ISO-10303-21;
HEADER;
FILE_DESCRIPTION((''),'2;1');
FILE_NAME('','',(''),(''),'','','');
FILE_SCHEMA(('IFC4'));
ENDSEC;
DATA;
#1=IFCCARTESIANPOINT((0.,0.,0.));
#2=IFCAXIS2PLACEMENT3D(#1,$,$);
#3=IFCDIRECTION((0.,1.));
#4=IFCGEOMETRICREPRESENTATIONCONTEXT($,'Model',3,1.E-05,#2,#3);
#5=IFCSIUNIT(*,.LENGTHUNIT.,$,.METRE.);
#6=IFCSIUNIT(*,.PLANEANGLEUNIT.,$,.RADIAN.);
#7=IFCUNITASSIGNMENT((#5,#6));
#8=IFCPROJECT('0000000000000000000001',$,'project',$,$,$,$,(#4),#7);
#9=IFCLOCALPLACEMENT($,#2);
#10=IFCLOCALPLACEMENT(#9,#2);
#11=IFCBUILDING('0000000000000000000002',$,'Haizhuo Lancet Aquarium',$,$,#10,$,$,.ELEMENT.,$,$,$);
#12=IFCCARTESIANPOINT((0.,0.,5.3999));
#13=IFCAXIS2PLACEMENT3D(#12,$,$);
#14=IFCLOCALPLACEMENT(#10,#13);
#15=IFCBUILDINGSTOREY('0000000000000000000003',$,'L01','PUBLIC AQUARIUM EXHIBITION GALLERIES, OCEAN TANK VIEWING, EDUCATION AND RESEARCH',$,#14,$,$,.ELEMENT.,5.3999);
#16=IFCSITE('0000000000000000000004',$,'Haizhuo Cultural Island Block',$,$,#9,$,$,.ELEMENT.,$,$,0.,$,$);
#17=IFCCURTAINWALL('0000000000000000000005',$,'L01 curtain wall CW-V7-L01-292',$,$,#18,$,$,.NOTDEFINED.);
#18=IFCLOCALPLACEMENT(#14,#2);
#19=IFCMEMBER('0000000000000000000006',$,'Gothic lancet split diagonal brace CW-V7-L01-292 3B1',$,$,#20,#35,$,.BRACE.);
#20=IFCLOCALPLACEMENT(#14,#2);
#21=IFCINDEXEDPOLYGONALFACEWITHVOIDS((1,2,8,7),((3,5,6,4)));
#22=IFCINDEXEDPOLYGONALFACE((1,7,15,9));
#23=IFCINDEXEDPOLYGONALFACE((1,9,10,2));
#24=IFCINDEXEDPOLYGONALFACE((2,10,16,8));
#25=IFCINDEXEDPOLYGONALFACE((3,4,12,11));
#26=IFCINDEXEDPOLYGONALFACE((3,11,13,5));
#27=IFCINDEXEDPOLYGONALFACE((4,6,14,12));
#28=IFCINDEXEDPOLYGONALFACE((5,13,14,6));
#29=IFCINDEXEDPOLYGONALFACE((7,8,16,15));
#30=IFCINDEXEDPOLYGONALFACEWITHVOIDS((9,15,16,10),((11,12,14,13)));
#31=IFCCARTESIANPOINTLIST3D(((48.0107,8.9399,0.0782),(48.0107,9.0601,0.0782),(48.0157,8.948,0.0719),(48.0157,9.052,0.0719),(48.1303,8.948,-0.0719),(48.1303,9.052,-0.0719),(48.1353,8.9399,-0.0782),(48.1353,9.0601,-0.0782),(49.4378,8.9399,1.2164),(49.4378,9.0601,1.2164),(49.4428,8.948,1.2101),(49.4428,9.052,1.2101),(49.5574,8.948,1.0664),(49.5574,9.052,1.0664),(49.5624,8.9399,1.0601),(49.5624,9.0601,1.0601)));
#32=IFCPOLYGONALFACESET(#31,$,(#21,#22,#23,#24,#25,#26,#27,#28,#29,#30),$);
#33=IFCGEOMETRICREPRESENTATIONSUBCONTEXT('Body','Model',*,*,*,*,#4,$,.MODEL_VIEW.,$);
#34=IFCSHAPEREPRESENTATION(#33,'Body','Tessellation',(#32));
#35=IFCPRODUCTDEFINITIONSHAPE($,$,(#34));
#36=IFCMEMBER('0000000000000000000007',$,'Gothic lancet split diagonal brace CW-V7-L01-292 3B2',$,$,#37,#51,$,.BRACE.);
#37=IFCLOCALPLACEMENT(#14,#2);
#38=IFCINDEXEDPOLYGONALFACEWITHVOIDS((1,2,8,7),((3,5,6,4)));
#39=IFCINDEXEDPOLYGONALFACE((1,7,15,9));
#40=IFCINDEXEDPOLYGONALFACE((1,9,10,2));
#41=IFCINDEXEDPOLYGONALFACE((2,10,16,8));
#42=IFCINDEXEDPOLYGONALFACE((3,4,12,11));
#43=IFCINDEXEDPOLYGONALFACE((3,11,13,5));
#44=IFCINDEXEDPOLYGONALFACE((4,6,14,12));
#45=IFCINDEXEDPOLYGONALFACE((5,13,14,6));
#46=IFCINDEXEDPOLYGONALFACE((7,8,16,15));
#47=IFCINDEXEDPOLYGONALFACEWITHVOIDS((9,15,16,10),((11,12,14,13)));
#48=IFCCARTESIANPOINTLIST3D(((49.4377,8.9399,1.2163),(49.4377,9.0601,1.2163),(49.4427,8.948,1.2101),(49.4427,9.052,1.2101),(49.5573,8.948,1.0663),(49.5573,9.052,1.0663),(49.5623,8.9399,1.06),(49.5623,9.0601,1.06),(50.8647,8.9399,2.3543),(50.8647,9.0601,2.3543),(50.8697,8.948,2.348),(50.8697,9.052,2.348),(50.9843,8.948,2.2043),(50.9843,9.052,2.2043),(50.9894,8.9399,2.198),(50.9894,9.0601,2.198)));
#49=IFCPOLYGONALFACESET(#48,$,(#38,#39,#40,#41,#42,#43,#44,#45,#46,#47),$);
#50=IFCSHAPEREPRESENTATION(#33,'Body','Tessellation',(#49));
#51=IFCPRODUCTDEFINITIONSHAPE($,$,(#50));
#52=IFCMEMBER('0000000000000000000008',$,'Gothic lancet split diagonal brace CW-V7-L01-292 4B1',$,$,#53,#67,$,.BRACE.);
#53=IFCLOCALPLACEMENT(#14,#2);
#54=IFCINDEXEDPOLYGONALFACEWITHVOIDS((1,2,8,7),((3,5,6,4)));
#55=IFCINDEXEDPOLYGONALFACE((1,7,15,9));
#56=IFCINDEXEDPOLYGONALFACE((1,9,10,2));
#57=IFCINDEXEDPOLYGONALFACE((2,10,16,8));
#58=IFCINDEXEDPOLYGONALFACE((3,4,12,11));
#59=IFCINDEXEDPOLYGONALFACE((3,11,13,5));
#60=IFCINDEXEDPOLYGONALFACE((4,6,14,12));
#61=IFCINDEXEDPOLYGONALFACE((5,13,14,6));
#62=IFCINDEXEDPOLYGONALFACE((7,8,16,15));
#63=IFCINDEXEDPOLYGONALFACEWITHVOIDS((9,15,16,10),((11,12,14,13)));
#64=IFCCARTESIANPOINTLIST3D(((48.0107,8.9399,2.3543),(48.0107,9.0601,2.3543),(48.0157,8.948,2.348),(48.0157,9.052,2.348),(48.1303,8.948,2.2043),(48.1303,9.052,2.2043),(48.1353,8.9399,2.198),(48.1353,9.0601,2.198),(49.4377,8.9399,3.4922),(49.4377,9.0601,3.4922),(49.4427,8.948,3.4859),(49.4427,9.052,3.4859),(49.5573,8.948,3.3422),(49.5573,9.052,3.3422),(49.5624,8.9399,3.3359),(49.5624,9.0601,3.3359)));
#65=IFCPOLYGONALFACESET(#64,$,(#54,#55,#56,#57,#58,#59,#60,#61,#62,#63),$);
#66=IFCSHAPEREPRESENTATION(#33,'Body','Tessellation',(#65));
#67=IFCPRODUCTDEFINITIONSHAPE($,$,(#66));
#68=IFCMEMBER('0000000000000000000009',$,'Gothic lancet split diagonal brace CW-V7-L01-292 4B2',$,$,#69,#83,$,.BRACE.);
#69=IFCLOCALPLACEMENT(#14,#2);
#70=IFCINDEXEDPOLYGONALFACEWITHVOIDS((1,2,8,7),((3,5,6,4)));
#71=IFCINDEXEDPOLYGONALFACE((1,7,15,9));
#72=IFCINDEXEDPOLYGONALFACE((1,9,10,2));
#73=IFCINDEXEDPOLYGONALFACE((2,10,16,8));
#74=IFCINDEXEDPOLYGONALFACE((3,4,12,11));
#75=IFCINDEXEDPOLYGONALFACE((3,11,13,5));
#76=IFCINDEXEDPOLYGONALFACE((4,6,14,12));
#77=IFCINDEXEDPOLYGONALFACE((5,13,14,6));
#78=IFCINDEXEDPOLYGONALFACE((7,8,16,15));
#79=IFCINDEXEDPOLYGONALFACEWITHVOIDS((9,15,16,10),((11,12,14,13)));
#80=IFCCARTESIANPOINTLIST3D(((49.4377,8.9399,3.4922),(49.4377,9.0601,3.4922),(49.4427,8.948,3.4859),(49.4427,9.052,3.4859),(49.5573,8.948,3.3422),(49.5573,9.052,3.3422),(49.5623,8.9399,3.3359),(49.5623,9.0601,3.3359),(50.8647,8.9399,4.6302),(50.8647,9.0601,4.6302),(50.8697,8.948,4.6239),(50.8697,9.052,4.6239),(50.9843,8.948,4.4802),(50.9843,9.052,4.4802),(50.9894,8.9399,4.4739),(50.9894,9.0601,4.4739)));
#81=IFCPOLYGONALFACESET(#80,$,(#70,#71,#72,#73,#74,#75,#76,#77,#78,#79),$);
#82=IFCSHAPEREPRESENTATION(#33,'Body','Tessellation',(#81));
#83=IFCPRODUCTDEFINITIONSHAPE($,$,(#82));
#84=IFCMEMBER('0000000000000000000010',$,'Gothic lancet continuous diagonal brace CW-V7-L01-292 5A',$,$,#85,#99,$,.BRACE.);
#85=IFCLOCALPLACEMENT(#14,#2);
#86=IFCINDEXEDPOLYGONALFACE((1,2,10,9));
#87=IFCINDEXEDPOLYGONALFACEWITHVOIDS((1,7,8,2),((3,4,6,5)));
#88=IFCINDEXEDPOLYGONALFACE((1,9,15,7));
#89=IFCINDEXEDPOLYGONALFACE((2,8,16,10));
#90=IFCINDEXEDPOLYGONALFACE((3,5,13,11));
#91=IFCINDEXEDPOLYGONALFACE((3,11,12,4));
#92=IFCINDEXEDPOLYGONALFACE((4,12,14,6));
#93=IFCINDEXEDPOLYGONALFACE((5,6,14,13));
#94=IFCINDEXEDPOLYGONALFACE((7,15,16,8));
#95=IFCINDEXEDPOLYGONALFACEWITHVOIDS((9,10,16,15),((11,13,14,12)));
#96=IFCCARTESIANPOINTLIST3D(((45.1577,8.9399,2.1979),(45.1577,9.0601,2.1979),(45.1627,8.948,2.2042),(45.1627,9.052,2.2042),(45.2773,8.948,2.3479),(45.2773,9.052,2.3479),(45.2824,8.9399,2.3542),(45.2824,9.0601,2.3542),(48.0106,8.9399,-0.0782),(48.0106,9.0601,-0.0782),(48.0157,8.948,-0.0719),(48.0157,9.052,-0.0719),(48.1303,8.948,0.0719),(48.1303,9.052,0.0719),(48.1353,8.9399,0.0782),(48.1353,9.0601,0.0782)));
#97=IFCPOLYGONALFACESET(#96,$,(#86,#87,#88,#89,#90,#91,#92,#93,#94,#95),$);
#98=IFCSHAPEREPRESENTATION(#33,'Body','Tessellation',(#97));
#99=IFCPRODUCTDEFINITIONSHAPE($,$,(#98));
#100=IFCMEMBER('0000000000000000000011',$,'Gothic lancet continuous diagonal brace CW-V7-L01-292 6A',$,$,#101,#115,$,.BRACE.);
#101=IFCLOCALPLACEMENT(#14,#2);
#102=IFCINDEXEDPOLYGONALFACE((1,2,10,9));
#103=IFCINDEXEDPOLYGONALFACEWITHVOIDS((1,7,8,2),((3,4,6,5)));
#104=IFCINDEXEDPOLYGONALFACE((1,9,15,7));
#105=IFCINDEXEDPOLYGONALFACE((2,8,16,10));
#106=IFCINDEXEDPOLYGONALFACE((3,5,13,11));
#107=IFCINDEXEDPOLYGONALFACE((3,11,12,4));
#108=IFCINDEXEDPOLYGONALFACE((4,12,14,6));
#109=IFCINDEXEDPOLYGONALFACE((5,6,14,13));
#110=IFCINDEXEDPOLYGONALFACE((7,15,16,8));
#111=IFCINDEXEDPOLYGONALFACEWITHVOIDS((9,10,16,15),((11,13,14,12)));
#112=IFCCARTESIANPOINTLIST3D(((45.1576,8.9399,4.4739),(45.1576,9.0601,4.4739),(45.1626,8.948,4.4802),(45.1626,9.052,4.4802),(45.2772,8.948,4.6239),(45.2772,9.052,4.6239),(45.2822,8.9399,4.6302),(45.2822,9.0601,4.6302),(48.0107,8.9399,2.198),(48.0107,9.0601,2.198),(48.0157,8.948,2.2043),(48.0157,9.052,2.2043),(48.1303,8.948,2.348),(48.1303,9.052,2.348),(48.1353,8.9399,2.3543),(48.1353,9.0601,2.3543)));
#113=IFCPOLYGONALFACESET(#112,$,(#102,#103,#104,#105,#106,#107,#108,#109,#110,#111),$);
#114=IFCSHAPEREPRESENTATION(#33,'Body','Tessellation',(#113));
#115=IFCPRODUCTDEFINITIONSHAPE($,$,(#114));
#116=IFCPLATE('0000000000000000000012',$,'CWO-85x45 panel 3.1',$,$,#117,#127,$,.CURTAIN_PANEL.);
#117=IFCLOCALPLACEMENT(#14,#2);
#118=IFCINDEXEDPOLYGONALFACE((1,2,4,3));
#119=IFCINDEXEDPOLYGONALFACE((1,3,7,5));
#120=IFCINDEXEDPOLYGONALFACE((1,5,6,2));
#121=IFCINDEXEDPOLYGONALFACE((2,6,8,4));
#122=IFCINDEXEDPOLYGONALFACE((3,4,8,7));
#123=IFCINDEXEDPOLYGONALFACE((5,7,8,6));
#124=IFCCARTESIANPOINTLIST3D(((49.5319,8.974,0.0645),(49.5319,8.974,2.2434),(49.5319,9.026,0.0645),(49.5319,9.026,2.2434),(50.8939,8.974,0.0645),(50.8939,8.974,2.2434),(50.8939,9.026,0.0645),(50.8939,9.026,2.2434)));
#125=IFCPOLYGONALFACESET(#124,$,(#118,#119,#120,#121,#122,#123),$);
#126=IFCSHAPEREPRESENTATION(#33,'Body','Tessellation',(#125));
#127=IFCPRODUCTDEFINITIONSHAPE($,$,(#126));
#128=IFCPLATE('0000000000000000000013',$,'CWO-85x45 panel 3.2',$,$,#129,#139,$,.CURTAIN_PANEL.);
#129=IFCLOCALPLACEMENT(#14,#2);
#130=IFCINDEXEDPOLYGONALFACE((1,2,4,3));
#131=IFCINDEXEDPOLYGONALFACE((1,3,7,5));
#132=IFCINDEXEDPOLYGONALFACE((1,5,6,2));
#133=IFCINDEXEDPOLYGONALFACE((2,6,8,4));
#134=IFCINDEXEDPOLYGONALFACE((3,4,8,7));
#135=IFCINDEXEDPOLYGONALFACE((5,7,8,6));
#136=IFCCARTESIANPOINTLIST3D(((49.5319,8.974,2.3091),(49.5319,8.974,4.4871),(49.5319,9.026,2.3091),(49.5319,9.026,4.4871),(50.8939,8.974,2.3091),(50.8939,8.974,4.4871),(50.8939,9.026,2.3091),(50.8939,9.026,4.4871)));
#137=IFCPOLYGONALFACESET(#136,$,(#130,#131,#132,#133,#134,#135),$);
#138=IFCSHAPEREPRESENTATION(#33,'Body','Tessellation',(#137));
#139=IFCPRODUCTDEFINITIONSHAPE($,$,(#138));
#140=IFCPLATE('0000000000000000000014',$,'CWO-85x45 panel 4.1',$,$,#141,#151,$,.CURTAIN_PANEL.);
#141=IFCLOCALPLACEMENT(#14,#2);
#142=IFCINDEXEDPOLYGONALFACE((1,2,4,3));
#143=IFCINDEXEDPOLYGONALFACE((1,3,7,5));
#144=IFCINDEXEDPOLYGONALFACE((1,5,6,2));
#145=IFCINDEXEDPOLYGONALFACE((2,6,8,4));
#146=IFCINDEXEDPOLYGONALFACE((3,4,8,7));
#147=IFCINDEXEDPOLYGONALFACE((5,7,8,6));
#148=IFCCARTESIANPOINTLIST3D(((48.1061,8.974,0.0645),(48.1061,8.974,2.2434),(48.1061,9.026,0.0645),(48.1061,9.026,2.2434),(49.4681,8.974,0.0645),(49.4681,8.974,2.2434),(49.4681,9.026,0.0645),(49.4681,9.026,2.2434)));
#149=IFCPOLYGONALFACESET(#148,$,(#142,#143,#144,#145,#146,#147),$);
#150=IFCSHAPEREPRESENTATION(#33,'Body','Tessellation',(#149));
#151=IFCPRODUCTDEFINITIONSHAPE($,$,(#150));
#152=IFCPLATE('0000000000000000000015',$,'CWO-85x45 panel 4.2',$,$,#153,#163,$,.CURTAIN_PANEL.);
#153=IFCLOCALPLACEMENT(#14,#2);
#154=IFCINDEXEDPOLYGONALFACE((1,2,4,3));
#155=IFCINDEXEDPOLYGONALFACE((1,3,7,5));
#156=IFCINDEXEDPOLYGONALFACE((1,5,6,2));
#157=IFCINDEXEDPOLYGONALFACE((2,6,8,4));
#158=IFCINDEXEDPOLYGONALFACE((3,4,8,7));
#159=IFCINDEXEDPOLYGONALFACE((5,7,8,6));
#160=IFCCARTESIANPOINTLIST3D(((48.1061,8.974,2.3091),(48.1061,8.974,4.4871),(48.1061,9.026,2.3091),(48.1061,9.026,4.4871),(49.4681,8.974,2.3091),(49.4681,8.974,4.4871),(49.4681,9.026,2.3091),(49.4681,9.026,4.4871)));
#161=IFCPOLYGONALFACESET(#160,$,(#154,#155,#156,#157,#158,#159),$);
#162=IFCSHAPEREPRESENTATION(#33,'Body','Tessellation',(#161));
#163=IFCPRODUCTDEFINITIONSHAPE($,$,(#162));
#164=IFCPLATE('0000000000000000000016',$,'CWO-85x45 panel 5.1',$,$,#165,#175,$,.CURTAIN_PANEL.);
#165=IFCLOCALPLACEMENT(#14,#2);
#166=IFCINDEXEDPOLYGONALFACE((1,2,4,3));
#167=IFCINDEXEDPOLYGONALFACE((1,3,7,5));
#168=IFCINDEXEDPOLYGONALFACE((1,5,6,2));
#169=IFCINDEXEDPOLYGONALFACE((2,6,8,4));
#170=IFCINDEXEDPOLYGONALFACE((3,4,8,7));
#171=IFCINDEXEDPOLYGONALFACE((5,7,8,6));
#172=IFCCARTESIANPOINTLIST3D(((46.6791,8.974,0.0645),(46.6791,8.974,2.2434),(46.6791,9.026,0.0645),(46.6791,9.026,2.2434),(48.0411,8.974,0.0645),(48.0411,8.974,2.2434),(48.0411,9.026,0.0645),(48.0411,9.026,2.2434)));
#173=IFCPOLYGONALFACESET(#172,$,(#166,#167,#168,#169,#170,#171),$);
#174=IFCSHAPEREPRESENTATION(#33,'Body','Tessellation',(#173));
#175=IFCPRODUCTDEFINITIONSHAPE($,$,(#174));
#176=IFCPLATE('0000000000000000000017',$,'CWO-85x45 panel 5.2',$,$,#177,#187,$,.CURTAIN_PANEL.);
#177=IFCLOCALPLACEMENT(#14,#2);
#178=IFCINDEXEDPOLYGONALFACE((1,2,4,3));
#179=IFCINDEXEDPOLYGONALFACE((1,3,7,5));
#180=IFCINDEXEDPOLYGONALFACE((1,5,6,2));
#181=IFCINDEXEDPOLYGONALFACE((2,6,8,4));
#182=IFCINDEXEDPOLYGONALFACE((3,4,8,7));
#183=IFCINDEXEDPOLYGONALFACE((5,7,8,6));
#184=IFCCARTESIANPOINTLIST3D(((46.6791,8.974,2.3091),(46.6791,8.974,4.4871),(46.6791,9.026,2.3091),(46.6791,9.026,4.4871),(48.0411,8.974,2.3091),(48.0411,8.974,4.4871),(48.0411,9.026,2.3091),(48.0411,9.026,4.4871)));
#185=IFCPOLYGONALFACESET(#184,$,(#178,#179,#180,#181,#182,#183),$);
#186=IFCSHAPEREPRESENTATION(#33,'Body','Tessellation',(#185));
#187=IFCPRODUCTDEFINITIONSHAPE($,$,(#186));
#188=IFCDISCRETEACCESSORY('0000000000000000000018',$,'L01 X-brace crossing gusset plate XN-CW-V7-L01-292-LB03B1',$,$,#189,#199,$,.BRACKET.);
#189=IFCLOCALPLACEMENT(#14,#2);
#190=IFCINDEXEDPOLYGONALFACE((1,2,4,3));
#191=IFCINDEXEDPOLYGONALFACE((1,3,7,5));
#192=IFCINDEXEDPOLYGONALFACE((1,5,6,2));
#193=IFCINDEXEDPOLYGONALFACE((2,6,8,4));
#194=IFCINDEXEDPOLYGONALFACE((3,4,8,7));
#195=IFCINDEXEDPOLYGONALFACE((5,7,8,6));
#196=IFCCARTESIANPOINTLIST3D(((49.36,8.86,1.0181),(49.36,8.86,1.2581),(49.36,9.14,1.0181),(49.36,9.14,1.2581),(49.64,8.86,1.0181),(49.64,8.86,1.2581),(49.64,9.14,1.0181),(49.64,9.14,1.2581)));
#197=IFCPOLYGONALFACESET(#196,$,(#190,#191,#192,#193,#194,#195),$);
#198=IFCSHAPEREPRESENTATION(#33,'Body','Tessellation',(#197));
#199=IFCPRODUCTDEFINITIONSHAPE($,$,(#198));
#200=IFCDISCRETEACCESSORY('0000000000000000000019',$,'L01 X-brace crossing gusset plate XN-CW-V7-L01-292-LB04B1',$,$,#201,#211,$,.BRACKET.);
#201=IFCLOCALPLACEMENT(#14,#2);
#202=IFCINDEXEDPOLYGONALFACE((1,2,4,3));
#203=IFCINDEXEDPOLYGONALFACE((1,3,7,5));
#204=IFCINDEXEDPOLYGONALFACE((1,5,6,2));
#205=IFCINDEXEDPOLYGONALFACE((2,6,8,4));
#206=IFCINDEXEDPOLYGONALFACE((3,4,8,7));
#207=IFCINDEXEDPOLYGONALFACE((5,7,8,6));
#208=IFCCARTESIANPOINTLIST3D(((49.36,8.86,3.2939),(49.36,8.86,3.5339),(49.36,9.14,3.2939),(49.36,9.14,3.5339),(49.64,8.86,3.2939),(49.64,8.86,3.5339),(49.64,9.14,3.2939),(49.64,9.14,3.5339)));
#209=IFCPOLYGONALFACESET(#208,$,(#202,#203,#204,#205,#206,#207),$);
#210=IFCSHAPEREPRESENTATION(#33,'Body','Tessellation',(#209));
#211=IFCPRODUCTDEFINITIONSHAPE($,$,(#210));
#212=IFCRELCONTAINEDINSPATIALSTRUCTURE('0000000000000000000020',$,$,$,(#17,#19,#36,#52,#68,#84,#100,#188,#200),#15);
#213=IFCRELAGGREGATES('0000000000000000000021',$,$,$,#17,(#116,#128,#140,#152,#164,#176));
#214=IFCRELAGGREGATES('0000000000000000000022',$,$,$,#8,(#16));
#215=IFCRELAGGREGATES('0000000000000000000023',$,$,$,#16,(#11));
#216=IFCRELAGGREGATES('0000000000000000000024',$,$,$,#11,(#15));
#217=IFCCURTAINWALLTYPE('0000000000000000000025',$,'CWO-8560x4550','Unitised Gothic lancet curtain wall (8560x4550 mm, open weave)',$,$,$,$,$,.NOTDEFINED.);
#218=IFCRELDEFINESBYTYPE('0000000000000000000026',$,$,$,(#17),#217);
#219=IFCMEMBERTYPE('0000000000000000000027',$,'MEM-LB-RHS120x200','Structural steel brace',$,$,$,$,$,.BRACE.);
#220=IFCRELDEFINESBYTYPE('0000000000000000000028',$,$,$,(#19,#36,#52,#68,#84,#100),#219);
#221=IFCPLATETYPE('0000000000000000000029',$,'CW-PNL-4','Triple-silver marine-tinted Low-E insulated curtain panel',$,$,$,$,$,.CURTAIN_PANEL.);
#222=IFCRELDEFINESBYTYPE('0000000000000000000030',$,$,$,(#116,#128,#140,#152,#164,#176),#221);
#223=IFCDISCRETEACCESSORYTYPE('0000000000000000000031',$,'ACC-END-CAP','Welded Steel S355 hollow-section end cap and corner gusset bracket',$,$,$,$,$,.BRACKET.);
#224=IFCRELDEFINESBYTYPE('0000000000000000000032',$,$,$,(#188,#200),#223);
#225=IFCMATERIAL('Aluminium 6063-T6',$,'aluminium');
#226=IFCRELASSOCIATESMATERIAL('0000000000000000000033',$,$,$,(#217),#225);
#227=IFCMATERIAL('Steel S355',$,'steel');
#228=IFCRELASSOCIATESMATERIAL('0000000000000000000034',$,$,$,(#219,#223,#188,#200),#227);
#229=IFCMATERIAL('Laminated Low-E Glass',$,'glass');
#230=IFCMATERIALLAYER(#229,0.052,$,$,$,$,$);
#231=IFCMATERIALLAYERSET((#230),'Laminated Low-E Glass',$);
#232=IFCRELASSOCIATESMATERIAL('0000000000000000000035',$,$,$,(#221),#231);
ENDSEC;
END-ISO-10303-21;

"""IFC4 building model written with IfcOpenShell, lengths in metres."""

from ifc_helpers import new_model, si_unit, direction, frame, origin, origin_2d, place, context, subcontext, project, spatial, rectangle, hollow_rectangle, extrude, material, layer, layer_set, material_profile, profile_set, type_object, element, aggregate, save


model = new_model("IFC4")

# Units and contexts
model_context = context("Model", 3, precision=1e-05, world=origin(), true_north=direction((0.0, 1.0)))
body_context = subcontext(model_context, "Body", "Model", "MODEL_VIEW")
ifc_project = project(units=[si_unit("LENGTHUNIT", "METRE"), si_unit("PLANEANGLEUNIT", "RADIAN")], contexts=[model_context])

# Site, building, storey
site_placement = place(None, origin())
site = spatial("IfcSite", under=ifc_project, at=site_placement, Name="Haizhuo Cultural Island Block", CompositionType="ELEMENT", RefElevation=0.0)
building_placement = place(site_placement, origin())
building = spatial("IfcBuilding", under=site, at=building_placement, Name="Haizhuo Lancet Aquarium", CompositionType="ELEMENT")
storey_placement = place(building_placement, frame((0.0, 0.0, 5.3999)))
storey = spatial("IfcBuildingStorey", under=building, at=storey_placement, Name="L01", Description="PUBLIC AQUARIUM EXHIBITION GALLERIES, OCEAN TANK VIEWING, EDUCATION AND RESEARCH", CompositionType="ELEMENT", Elevation=5.3999)

# Curtain wall
ifc_material_1 = material(Name="Aluminium 6063-T6", Category="aluminium")
curtain_wall_type = type_object("IfcCurtainWallType", Name="CWO-8560x4550", Description="Unitised Gothic lancet curtain wall (8560x4550 mm, open weave)", PredefinedType="NOTDEFINED", material=ifc_material_1)
curtain_wall_placement = place(storey_placement, origin())
curtain_wall = element("IfcCurtainWall", 1, at=curtain_wall_placement, inside=storey, type_object=curtain_wall_type, Name="L01 curtain wall CW-V7-L01-292", PredefinedType="NOTDEFINED")

# Members
ifc_material_2 = material(Name="Steel S355", Category="steel")
ifc_material_profile_1 = material_profile(ifc_material_2, hollow_rectangle(XDim=0.1201, YDim=0.2, WallThickness=0.0081, at=origin_2d()), Name="RHS 120x200x8")
ifc_profile_set_1 = profile_set([ifc_material_profile_1], Name="Steel S355")
member_type_1 = type_object("IfcMemberType", Name="MEM-LB-RHS120x200", Description="Structural steel brace", PredefinedType="BRACE", material=ifc_profile_set_1)
member_1_placement = place(storey_placement, frame((48.073, 9.0, 0.0), z_axis=(0.781781, 0.0, 0.623553), x_axis=(0.0, 1.0, 0.0)))
element("IfcMember", 2, at=member_1_placement, inside=storey, type_object=member_type_1, Name="Gothic lancet split diagonal brace CW-V7-L01-292 3B1", PredefinedType="BRACE", context=body_context, shape_type="SweptSolid", body=[
    extrude(hollow_rectangle(XDim=0.1201, YDim=0.2, WallThickness=0.0081, at=origin_2d()), origin(), (0.0, 0.0, 1.0), 1.8254),
])
for number, where, z_axis, x_axis, name in (
    (3, (49.5, 9.0, 1.1382), (0.781847, 0.0, 0.623471), (0.0, 1.0, 0.0), "Gothic lancet split diagonal brace CW-V7-L01-292 3B2"),
    (4, (48.073, 9.0, 2.2761), (0.781847, 0.0, 0.623471), (0.0, 1.0, 0.0), "Gothic lancet split diagonal brace CW-V7-L01-292 4B1"),
    (5, (49.5, 9.0, 3.4141), (0.781847, 0.0, 0.623471), (0.0, 1.0, 0.0), "Gothic lancet split diagonal brace CW-V7-L01-292 4B2"),
):
    element("IfcMember", number, at=place(storey_placement, frame(where, z_axis=z_axis, x_axis=x_axis)), inside=storey, type_object=member_type_1, Name=name, PredefinedType="BRACE", context=body_context, shape_type="SweptSolid", body=[
        extrude(hollow_rectangle(XDim=0.1201, YDim=0.2, WallThickness=0.0081, at=origin_2d()), origin(), (0.0, 0.0, 1.0), 1.8252),
    ])
for number, where, z_axis, x_axis, name in (
    (6, (48.073, 9.0, 0.0), (-0.78171, 0.0, 0.623642), (0.0, -1.0, 0.0), "Gothic lancet continuous diagonal brace CW-V7-L01-292 5A"),
    (7, (48.073, 9.0, 2.2761), (-0.781743, 0.0, 0.623601), (0.0, -1.0, 0.0), "Gothic lancet continuous diagonal brace CW-V7-L01-292 6A"),
):
    element("IfcMember", number, at=place(storey_placement, frame(where, z_axis=z_axis, x_axis=x_axis)), inside=storey, type_object=member_type_1, Name=name, PredefinedType="BRACE", context=body_context, shape_type="SweptSolid", body=[
        extrude(hollow_rectangle(XDim=0.1201, YDim=0.2, WallThickness=0.0081, at=origin_2d()), origin(), (0.0, 0.0, 1.0), 3.6497),
    ])

# Plates
ifc_material_3 = material(Name="Laminated Low-E Glass", Category="glass")
ifc_layer = layer(ifc_material_3, 0.052)
ifc_layer_set = layer_set([ifc_layer], Name="Laminated Low-E Glass")
plate_type = type_object("IfcPlateType", Name="CW-PNL-4", Description="Triple-silver marine-tinted Low-E insulated curtain panel", PredefinedType="CURTAIN_PANEL", material=ifc_layer_set)
plate_1_placement = place(storey_placement, frame((50.2129, 9.0, 0.0645), z_axis=(0.0, 0.0, 1.0), x_axis=(-1.0, 0.0, 0.0)))
plate_1 = element("IfcPlate", 8, at=plate_1_placement, type_object=plate_type, Name="CWO-85x45 panel 3.1", PredefinedType="CURTAIN_PANEL", context=body_context, shape_type="SweptSolid", body=[
    extrude(rectangle(XDim=1.3621, YDim=0.052, at=origin_2d()), origin(), (0.0, 0.0, 1.0), 2.179),
])
plate_2_placement = place(storey_placement, frame((50.2129, 9.0, 2.3091), z_axis=(0.0, 0.0, 1.0), x_axis=(-1.0, 0.0, 0.0)))
plate_2 = element("IfcPlate", 9, at=plate_2_placement, type_object=plate_type, Name="CWO-85x45 panel 3.2", PredefinedType="CURTAIN_PANEL", context=body_context, shape_type="SweptSolid", body=[
    extrude(rectangle(XDim=1.3621, YDim=0.052, at=origin_2d()), origin(), (0.0, 0.0, 1.0), 2.178),
])
plate_3_placement = place(storey_placement, frame((48.7871, 9.0, 0.0645), z_axis=(0.0, 0.0, 1.0), x_axis=(-1.0, 0.0, 0.0)))
plate_3 = element("IfcPlate", 10, at=plate_3_placement, type_object=plate_type, Name="CWO-85x45 panel 4.1", PredefinedType="CURTAIN_PANEL", context=body_context, shape_type="SweptSolid", body=[
    extrude(rectangle(XDim=1.3621, YDim=0.052, at=origin_2d()), origin(), (0.0, 0.0, 1.0), 2.179),
])
plate_4_placement = place(storey_placement, frame((48.7871, 9.0, 2.3091), z_axis=(0.0, 0.0, 1.0), x_axis=(-1.0, 0.0, 0.0)))
plate_4 = element("IfcPlate", 11, at=plate_4_placement, type_object=plate_type, Name="CWO-85x45 panel 4.2", PredefinedType="CURTAIN_PANEL", context=body_context, shape_type="SweptSolid", body=[
    extrude(rectangle(XDim=1.3621, YDim=0.052, at=origin_2d()), origin(), (0.0, 0.0, 1.0), 2.178),
])
plate_5_placement = place(storey_placement, frame((47.3601, 9.0, 0.0645), z_axis=(0.0, 0.0, 1.0), x_axis=(-1.0, 0.0, 0.0)))
plate_5 = element("IfcPlate", 12, at=plate_5_placement, type_object=plate_type, Name="CWO-85x45 panel 5.1", PredefinedType="CURTAIN_PANEL", context=body_context, shape_type="SweptSolid", body=[
    extrude(rectangle(XDim=1.3621, YDim=0.052, at=origin_2d()), origin(), (0.0, 0.0, 1.0), 2.179),
])
plate_6_placement = place(storey_placement, frame((47.3601, 9.0, 2.3091), z_axis=(0.0, 0.0, 1.0), x_axis=(-1.0, 0.0, 0.0)))
plate_6 = element("IfcPlate", 13, at=plate_6_placement, type_object=plate_type, Name="CWO-85x45 panel 5.2", PredefinedType="CURTAIN_PANEL", context=body_context, shape_type="SweptSolid", body=[
    extrude(rectangle(XDim=1.3621, YDim=0.052, at=origin_2d()), origin(), (0.0, 0.0, 1.0), 2.178),
])
aggregate(curtain_wall, [plate_1, plate_2, plate_3, plate_4, plate_5, plate_6])

# Discrete accessories
discrete_accessory_type = type_object("IfcDiscreteAccessoryType", Name="ACC-END-CAP", Description="Welded Steel S355 hollow-section end cap and corner gusset bracket", PredefinedType="BRACKET", material=ifc_material_2)
for number, where, z_axis, x_axis, name in (
    (14, (49.5, 9.0, 1.0181), (0.0, 0.0, 1.0), (1.0, 0.0, 0.0), "L01 X-brace crossing gusset plate XN-CW-V7-L01-292-LB03B1"),
    (15, (49.5, 9.0, 3.2939), (0.0, 0.0, 1.0), (1.0, 0.0, 0.0), "L01 X-brace crossing gusset plate XN-CW-V7-L01-292-LB04B1"),
):
    element("IfcDiscreteAccessory", number, at=place(storey_placement, frame(where, z_axis=z_axis, x_axis=x_axis)), inside=storey, type_object=discrete_accessory_type, material=ifc_material_2, Name=name, PredefinedType="BRACKET", context=body_context, shape_type="SweptSolid", body=[
        extrude(rectangle(XDim=0.28, YDim=0.28, at=origin_2d()), origin(), (0.0, 0.0, 1.0), 0.24),
    ])

save(model, "model.ifc")
